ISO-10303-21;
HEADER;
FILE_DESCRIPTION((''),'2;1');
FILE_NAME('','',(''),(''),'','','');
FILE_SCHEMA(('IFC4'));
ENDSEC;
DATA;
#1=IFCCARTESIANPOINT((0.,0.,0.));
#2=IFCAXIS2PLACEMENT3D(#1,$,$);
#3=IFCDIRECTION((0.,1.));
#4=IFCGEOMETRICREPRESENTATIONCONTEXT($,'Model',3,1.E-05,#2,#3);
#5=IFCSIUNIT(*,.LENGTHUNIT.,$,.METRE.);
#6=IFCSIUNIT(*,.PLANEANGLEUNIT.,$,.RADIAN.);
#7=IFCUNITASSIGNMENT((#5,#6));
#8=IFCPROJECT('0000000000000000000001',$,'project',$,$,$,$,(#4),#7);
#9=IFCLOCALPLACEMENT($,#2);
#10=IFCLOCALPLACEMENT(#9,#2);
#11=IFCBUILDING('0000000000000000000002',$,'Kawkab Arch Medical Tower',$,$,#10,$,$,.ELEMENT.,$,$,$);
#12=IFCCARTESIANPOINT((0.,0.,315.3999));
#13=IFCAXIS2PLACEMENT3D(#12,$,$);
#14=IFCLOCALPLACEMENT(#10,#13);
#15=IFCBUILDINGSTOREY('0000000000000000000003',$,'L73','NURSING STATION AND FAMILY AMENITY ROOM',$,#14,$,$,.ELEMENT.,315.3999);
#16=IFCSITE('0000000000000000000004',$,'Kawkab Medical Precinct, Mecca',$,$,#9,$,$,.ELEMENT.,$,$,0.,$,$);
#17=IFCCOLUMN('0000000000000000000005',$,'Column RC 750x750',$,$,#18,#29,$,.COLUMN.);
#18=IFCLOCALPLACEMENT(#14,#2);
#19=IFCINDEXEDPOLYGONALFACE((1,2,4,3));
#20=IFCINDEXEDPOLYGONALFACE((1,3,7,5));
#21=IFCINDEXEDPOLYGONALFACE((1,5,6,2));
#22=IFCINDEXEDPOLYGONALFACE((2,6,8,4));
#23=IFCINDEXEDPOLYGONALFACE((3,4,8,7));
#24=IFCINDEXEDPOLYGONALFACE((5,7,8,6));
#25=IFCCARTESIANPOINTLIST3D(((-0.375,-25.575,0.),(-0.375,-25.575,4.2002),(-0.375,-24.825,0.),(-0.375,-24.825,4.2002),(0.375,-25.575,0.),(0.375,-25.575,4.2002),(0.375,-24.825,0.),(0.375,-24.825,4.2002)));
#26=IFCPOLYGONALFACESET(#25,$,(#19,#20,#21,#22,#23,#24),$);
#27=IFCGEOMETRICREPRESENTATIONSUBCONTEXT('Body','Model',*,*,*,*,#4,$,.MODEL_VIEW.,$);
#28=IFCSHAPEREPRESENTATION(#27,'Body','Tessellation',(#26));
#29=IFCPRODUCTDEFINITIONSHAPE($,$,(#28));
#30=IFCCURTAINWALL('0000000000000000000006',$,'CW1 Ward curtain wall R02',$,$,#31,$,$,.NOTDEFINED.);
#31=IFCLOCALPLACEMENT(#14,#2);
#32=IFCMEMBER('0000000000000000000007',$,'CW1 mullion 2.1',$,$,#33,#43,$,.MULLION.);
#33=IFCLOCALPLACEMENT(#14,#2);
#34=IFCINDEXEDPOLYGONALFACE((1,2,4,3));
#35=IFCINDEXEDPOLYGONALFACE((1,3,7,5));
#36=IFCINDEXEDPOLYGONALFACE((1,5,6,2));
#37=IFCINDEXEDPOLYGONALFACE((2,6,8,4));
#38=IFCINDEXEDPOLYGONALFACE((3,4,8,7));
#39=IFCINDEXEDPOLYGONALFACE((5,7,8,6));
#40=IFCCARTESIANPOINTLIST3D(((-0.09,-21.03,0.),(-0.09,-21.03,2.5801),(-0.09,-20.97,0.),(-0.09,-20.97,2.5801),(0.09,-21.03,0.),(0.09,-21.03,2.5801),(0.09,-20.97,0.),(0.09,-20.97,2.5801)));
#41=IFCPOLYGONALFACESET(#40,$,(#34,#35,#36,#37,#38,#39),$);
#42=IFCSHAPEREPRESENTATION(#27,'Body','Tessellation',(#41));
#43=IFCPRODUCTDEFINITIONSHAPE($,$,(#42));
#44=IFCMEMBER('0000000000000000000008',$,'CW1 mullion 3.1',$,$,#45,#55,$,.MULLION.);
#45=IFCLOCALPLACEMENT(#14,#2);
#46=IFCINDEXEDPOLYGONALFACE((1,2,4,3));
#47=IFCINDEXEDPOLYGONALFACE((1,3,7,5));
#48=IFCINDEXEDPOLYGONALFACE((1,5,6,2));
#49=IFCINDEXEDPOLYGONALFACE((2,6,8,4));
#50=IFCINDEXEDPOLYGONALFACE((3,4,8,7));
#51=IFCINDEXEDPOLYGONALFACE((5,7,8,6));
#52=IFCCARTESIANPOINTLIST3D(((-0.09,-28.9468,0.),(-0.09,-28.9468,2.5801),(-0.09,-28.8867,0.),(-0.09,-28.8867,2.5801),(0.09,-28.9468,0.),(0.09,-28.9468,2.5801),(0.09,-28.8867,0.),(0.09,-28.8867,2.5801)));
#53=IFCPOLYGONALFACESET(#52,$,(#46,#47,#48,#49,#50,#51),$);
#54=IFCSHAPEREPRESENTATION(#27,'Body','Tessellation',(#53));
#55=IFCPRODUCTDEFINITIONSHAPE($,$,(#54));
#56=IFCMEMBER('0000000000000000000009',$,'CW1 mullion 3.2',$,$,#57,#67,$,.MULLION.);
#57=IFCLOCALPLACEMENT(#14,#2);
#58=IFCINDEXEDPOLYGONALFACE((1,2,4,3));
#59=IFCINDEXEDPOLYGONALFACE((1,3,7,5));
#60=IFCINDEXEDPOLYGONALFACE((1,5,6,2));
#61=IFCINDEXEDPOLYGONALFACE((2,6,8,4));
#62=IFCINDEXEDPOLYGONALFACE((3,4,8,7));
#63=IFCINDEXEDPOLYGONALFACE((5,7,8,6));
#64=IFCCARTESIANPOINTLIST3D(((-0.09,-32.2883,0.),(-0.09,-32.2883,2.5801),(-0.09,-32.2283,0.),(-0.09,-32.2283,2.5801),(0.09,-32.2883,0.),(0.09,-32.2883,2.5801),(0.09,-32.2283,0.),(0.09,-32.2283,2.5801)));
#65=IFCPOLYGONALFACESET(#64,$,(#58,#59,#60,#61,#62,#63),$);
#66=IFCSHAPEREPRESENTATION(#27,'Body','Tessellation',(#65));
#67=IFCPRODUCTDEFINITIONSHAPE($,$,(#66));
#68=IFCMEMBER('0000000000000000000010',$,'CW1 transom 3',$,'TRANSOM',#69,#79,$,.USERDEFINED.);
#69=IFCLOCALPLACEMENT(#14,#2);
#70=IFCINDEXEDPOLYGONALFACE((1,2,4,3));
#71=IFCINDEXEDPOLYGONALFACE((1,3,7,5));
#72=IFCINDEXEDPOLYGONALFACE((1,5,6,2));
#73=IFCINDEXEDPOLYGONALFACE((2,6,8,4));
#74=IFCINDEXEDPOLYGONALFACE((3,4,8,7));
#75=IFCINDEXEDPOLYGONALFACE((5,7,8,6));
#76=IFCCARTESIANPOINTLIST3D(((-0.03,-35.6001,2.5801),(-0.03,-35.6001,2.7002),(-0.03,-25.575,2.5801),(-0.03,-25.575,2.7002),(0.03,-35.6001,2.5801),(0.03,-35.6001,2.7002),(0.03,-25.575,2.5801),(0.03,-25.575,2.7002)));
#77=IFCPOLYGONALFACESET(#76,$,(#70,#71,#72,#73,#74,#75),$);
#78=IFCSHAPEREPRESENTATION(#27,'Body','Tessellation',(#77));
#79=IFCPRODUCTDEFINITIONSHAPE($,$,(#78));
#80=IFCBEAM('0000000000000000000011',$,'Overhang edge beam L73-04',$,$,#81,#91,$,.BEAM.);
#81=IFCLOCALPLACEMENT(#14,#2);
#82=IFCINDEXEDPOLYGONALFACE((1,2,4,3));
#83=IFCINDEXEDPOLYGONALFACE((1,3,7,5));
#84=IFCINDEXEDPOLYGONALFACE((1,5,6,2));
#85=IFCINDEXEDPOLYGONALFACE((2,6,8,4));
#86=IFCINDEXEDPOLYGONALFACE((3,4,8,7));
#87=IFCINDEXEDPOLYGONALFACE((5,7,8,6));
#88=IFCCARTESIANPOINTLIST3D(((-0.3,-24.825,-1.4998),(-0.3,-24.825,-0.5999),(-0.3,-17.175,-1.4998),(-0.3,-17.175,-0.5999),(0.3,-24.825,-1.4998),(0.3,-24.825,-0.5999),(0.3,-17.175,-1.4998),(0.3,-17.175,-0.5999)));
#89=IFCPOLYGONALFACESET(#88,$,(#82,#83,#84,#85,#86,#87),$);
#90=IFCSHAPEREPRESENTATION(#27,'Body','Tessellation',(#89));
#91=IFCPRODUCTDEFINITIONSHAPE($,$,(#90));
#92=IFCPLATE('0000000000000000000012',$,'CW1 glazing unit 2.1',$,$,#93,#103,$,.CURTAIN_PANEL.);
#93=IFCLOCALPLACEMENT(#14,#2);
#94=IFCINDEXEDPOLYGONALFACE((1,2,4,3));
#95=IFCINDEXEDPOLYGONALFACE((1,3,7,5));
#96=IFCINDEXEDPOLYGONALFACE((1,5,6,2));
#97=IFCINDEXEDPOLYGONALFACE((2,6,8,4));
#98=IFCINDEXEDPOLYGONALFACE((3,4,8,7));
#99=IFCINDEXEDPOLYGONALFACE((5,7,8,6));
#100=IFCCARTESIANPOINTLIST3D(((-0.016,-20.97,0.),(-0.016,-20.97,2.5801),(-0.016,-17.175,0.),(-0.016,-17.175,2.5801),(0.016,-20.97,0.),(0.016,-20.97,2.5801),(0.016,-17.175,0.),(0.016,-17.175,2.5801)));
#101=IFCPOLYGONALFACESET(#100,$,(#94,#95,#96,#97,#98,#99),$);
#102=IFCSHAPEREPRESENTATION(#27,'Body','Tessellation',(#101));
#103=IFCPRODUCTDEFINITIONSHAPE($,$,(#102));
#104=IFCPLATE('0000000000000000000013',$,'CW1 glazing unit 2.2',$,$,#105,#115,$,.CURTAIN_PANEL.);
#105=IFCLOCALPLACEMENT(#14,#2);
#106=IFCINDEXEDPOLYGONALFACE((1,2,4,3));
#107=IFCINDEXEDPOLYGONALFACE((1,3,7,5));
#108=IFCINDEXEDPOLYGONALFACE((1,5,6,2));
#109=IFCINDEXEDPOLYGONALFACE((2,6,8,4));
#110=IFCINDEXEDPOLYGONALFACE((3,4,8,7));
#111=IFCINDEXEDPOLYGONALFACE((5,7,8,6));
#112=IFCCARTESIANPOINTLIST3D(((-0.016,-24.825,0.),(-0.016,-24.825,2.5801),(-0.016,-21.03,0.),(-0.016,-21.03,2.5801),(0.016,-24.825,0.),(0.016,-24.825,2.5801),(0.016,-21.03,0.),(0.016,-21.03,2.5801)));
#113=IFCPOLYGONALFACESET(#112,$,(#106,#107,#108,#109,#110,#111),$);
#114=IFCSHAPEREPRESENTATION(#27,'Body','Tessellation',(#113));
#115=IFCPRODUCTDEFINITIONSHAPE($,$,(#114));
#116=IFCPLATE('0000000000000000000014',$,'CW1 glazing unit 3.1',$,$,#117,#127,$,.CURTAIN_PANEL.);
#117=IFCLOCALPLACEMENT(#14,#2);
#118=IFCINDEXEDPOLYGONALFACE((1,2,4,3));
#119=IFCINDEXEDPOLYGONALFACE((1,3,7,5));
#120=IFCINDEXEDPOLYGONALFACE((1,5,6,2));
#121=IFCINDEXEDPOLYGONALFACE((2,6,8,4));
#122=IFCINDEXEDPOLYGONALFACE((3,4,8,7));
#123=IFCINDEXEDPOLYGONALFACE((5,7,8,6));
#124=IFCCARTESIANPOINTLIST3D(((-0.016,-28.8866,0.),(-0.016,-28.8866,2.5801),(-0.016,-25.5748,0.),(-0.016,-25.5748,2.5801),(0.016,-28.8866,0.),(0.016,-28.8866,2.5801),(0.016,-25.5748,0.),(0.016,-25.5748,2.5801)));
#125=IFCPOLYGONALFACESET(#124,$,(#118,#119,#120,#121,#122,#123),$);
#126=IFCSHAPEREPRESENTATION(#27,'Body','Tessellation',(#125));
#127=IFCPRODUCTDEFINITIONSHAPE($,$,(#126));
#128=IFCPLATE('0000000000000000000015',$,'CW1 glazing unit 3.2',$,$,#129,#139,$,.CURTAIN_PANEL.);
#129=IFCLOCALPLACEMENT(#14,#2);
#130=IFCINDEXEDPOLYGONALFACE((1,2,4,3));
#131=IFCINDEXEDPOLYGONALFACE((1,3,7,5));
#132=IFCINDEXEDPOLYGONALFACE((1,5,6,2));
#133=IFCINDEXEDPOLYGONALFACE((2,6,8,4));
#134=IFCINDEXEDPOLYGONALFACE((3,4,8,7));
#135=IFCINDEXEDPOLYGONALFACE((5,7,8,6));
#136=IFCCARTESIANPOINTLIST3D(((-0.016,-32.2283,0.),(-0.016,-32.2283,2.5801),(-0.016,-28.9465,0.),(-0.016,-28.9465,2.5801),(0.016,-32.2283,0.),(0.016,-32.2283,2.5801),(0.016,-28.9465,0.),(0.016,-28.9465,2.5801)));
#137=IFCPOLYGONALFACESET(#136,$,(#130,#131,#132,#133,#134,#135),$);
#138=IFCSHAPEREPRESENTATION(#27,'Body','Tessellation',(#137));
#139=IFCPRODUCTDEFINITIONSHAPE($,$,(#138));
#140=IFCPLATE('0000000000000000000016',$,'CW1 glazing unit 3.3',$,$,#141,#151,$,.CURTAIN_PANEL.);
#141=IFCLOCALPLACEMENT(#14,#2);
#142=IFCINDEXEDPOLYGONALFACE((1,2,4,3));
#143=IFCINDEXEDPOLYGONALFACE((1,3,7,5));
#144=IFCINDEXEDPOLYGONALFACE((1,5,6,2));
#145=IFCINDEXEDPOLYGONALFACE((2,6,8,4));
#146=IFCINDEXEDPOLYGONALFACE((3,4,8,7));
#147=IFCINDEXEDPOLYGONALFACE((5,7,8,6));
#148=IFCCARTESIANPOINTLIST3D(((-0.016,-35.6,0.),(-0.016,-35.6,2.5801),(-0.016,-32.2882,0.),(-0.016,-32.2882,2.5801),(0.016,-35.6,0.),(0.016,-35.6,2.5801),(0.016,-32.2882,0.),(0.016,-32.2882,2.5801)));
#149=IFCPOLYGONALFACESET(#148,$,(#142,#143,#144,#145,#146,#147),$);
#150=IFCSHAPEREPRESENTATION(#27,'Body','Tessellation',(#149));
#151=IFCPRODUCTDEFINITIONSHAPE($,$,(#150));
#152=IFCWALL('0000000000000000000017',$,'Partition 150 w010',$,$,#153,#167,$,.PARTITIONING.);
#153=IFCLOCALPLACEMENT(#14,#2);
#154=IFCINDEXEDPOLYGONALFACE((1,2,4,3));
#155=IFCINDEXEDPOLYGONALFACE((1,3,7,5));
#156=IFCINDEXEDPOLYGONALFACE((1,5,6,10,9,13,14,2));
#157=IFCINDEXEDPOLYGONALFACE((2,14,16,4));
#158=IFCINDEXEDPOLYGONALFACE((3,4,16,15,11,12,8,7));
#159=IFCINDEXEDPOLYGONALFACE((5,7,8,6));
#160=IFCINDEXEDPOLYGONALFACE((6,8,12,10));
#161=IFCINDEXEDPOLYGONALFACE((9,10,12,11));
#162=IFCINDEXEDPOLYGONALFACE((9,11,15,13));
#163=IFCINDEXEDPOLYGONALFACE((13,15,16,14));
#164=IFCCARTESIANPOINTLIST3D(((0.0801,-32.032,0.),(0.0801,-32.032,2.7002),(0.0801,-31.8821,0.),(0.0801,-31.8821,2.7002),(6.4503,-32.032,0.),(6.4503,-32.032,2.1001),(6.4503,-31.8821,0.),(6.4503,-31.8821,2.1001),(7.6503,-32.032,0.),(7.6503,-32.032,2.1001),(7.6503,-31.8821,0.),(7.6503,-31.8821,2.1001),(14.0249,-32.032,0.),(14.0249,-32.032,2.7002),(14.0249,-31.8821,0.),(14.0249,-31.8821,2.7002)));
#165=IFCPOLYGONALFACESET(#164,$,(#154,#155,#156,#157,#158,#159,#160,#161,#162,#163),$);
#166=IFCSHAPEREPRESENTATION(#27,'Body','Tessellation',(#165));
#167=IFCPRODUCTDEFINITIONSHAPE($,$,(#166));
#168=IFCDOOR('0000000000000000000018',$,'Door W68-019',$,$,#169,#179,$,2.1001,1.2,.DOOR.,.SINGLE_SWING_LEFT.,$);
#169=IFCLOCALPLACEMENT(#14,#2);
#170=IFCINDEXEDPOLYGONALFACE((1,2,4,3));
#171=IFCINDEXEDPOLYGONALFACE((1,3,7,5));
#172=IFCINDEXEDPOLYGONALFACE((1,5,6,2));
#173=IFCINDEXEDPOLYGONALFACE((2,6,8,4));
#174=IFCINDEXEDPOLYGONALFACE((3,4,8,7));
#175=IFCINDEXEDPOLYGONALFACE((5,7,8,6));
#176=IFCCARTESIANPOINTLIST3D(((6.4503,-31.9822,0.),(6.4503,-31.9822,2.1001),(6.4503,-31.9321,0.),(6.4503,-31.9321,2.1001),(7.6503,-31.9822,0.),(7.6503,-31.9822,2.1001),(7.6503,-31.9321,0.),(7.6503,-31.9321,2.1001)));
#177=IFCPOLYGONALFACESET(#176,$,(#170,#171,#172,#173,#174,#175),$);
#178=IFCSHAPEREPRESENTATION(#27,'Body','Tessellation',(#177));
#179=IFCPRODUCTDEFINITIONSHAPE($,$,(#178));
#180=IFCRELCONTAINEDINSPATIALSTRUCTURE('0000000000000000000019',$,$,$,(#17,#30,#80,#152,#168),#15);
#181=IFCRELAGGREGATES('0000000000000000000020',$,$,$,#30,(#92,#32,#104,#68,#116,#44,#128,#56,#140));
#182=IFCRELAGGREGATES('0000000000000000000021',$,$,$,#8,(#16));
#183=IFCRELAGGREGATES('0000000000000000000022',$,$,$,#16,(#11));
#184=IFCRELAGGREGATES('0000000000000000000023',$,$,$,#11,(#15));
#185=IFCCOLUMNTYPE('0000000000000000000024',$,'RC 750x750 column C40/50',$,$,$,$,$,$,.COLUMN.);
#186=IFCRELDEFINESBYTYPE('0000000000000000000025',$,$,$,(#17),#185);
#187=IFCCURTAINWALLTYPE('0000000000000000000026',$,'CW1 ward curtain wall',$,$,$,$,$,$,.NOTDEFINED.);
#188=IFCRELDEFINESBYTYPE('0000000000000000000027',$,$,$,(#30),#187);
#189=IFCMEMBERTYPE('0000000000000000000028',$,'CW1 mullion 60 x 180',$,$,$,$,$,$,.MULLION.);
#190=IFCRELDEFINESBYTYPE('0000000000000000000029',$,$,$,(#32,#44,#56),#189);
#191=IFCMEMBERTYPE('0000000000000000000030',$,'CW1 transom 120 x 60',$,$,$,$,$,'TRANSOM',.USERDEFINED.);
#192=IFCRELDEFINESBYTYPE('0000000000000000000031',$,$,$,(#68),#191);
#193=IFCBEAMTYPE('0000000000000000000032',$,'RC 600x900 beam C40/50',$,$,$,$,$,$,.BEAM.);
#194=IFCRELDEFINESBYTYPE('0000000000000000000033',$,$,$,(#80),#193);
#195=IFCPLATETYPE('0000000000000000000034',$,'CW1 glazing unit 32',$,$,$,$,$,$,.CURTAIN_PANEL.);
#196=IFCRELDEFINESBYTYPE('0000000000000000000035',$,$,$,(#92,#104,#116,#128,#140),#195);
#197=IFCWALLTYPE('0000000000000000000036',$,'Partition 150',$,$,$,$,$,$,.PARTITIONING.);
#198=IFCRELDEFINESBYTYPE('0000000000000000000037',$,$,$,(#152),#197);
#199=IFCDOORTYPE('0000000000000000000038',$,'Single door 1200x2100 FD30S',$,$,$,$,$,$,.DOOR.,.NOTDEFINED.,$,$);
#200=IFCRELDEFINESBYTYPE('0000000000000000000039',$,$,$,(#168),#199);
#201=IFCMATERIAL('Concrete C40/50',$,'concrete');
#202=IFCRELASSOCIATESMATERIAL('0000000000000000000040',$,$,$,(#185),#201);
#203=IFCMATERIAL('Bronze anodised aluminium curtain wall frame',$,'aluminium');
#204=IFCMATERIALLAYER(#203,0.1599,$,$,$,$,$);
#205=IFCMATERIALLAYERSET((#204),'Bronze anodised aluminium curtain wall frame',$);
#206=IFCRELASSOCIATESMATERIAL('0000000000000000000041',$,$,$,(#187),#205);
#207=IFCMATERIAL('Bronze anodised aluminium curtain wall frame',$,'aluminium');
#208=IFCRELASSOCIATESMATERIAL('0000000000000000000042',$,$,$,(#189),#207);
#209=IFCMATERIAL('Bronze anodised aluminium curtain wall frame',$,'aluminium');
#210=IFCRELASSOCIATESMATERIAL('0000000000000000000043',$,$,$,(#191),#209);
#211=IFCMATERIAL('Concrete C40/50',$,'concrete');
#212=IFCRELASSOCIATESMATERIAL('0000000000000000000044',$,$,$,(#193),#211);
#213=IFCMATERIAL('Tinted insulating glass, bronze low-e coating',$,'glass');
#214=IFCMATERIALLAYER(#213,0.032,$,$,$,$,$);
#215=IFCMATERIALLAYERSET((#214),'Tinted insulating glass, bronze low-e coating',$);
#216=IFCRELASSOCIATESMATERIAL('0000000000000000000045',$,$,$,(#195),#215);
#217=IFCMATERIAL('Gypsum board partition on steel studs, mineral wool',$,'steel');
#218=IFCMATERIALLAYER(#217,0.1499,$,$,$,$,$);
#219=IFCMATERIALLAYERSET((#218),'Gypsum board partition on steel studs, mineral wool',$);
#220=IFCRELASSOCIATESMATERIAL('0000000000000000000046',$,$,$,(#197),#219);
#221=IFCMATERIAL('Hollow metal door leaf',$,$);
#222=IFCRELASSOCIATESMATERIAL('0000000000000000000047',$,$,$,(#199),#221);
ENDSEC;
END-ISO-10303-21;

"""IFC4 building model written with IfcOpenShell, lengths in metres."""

from ifc_helpers import new_model, si_unit, direction, frame, frame_2d, origin, origin_2d, place, context, subcontext, project, spatial, rectangle, extrude, material, layer, layer_set, material_profile, profile_set, type_object, element, fill, aggregate, save


model = new_model("IFC4")

# Units and contexts
model_context = context("Model", 3, precision=1e-05, world=origin(), true_north=direction((0.0, 1.0)))
body_context = subcontext(model_context, "Body", "Model", "MODEL_VIEW")
ifc_project = project(units=[si_unit("LENGTHUNIT", "METRE"), si_unit("PLANEANGLEUNIT", "RADIAN")], contexts=[model_context])

# Site, building, storey
site_placement = place(None, origin())
site = spatial("IfcSite", under=ifc_project, at=site_placement, Name="Kawkab Medical Precinct, Mecca", CompositionType="ELEMENT", RefElevation=0.0)
building_placement = place(site_placement, origin())
building = spatial("IfcBuilding", under=site, at=building_placement, Name="Kawkab Arch Medical Tower", CompositionType="ELEMENT")
storey_placement = place(building_placement, frame((0.0, 0.0, 315.3999)))
storey = spatial("IfcBuildingStorey", under=building, at=storey_placement, Name="L73", Description="NURSING STATION AND FAMILY AMENITY ROOM", CompositionType="ELEMENT", Elevation=315.3999)

# Column
ifc_material_1 = material(Name="Concrete C40/50", Category="concrete")
ifc_material_profile_1 = material_profile(ifc_material_1, rectangle(XDim=0.75, YDim=0.75, at=origin_2d()), Name="RC 750x750")
ifc_profile_set_1 = profile_set([ifc_material_profile_1], Name="Concrete C40/50")
column_type = type_object("IfcColumnType", Name="RC 750x750 column C40/50", PredefinedType="COLUMN", material=ifc_profile_set_1)
column_placement = place(storey_placement, frame((0.0, -25.2, 0.0), z_axis=(0.0, 0.0, 1.0), x_axis=(1.0, 0.0, 0.0)))
element("IfcColumn", 1, at=column_placement, inside=storey, type_object=column_type, Name="Column RC 750x750", PredefinedType="COLUMN", context=body_context, shape_type="SweptSolid", body=[
    extrude(rectangle(XDim=0.75, YDim=0.75, at=origin_2d()), origin(), (0.0, 0.0, 1.0), 4.2002),
])

# Curtain wall, members
ifc_material_2 = material(Name="Bronze anodised aluminium curtain wall frame", Category="aluminium")
ifc_layer_1 = layer(ifc_material_2, 0.1599)
ifc_layer_set_1 = layer_set([ifc_layer_1], Name="Bronze anodised aluminium curtain wall frame")
curtain_wall_type = type_object("IfcCurtainWallType", Name="CW1 ward curtain wall", PredefinedType="NOTDEFINED", material=ifc_layer_set_1)
curtain_wall_placement = place(storey_placement, origin())
curtain_wall = element("IfcCurtainWall", 2, at=curtain_wall_placement, inside=storey, type_object=curtain_wall_type, Name="CW1 Ward curtain wall R02", PredefinedType="NOTDEFINED")
ifc_material_3 = material(Name="Bronze anodised aluminium curtain wall frame", Category="aluminium")
ifc_material_profile_2 = material_profile(ifc_material_3, rectangle(XDim=0.1799, YDim=0.0601, at=origin_2d()), Name="AL 60x180")
ifc_profile_set_2 = profile_set([ifc_material_profile_2], Name="Bronze anodised aluminium curtain wall frame")
member_type_1 = type_object("IfcMemberType", Name="CW1 mullion 60 x 180", PredefinedType="MULLION", material=ifc_profile_set_2)
member_1_placement = place(storey_placement, frame((0.0, -21.0, 0.0), z_axis=(0.0, 0.0, 1.0), x_axis=(1.0, 0.0, 0.0)))
member_1 = element("IfcMember", 3, at=member_1_placement, type_object=member_type_1, Name="CW1 mullion 2.1", PredefinedType="MULLION", context=body_context, shape_type="SweptSolid", body=[
    extrude(rectangle(XDim=0.1799, YDim=0.0601, at=origin_2d()), origin(), (0.0, 0.0, 1.0), 2.5801),
])
member_2_placement = place(storey_placement, frame((0.0, -28.9167, 0.0), z_axis=(0.0, 0.0, 1.0), x_axis=(1.0, 0.0, 0.0)))
member_2 = element("IfcMember", 4, at=member_2_placement, type_object=member_type_1, Name="CW1 mullion 3.1", PredefinedType="MULLION", context=body_context, shape_type="SweptSolid", body=[
    extrude(rectangle(XDim=0.1799, YDim=0.0601, at=origin_2d()), origin(), (0.0, 0.0, 1.0), 2.5801),
])
member_3_placement = place(storey_placement, frame((0.0, -32.2583, 0.0), z_axis=(0.0, 0.0, 1.0), x_axis=(1.0, 0.0, 0.0)))
member_3 = element("IfcMember", 5, at=member_3_placement, type_object=member_type_1, Name="CW1 mullion 3.2", PredefinedType="MULLION", context=body_context, shape_type="SweptSolid", body=[
    extrude(rectangle(XDim=0.1799, YDim=0.0601, at=origin_2d()), origin(), (0.0, 0.0, 1.0), 2.5801),
])
ifc_material_4 = material(Name="Bronze anodised aluminium curtain wall frame", Category="aluminium")
ifc_material_profile_3 = material_profile(ifc_material_4, rectangle(XDim=0.0601, YDim=0.1201, at=origin_2d()), Name="AL 60x120")
ifc_profile_set_3 = profile_set([ifc_material_profile_3], Name="Bronze anodised aluminium curtain wall frame")
member_type_2 = type_object("IfcMemberType", Name="CW1 transom 120 x 60", ElementType="TRANSOM", PredefinedType="USERDEFINED", material=ifc_profile_set_3)
member_4_placement = place(storey_placement, frame((0.0, -25.575, 2.6401), z_axis=(0.0, -1.0, 0.0), x_axis=(1.0, 0.0, 0.0)))
member_4 = element("IfcMember", 6, at=member_4_placement, type_object=member_type_2, Name="CW1 transom 3", ObjectType="TRANSOM", PredefinedType="USERDEFINED", context=body_context, shape_type="SweptSolid", body=[
    extrude(rectangle(XDim=0.0601, YDim=0.1201, at=origin_2d()), origin(), (0.0, 0.0, 1.0), 10.0251),
])

# Beam
ifc_material_5 = material(Name="Concrete C40/50", Category="concrete")
ifc_material_profile_4 = material_profile(ifc_material_5, rectangle(XDim=0.6001, YDim=0.8999, at=origin_2d()), Name="RC 600x900")
ifc_profile_set_4 = profile_set([ifc_material_profile_4], Name="Concrete C40/50")
beam_type = type_object("IfcBeamType", Name="RC 600x900 beam C40/50", PredefinedType="BEAM", material=ifc_profile_set_4)
beam_placement = place(storey_placement, frame((0.0, -24.825, -1.0498), z_axis=(0.0, 1.0, 0.0), x_axis=(-1.0, 0.0, 0.0)))
element("IfcBeam", 7, at=beam_placement, inside=storey, type_object=beam_type, Name="Overhang edge beam L73-04", PredefinedType="BEAM", context=body_context, shape_type="SweptSolid", body=[
    extrude(rectangle(XDim=0.6001, YDim=0.8999, at=origin_2d()), origin(), (0.0, 0.0, 1.0), 7.6499),
])

# Plates
ifc_material_6 = material(Name="Tinted insulating glass, bronze low-e coating", Category="glass")
ifc_layer_2 = layer(ifc_material_6, 0.032)
ifc_layer_set_2 = layer_set([ifc_layer_2], Name="Tinted insulating glass, bronze low-e coating")
plate_type = type_object("IfcPlateType", Name="CW1 glazing unit 32", PredefinedType="CURTAIN_PANEL", material=ifc_layer_set_2)
plate_1_placement = place(storey_placement, frame((0.0, -19.0725, 0.0), z_axis=(0.0, 0.0, 1.0), x_axis=(0.0, -1.0, 0.0)))
plate_1 = element("IfcPlate", 8, at=plate_1_placement, type_object=plate_type, Name="CW1 glazing unit 2.1", PredefinedType="CURTAIN_PANEL", context=body_context, shape_type="SweptSolid", body=[
    extrude(rectangle(XDim=3.7949, YDim=0.032, at=origin_2d()), origin(), (0.0, 0.0, 1.0), 2.5801),
])
plate_2_placement = place(storey_placement, frame((0.0, -22.9275, 0.0), z_axis=(0.0, 0.0, 1.0), x_axis=(0.0, -1.0, 0.0)))
plate_2 = element("IfcPlate", 9, at=plate_2_placement, type_object=plate_type, Name="CW1 glazing unit 2.2", PredefinedType="CURTAIN_PANEL", context=body_context, shape_type="SweptSolid", body=[
    extrude(rectangle(XDim=3.7949, YDim=0.032, at=origin_2d()), origin(), (0.0, 0.0, 1.0), 2.5801),
])
plate_3_placement = place(storey_placement, frame((0.0, -27.2307, 0.0), z_axis=(0.0, 0.0, 1.0), x_axis=(0.0, -1.0, 0.0)))
plate_3 = element("IfcPlate", 10, at=plate_3_placement, type_object=plate_type, Name="CW1 glazing unit 3.1", PredefinedType="CURTAIN_PANEL", context=body_context, shape_type="SweptSolid", body=[
    extrude(rectangle(XDim=3.3118, YDim=0.032, at=origin_2d()), origin(), (0.0, 0.0, 1.0), 2.5801),
])
plate_4_placement = place(storey_placement, frame((0.0, -30.5874, 0.0), z_axis=(0.0, 0.0, 1.0), x_axis=(0.0, -1.0, 0.0)))
plate_4 = element("IfcPlate", 11, at=plate_4_placement, type_object=plate_type, Name="CW1 glazing unit 3.2", PredefinedType="CURTAIN_PANEL", context=body_context, shape_type="SweptSolid", body=[
    extrude(rectangle(XDim=3.2817, YDim=0.032, at=origin_2d()), origin(), (0.0, 0.0, 1.0), 2.5801),
])
plate_5_placement = place(storey_placement, frame((0.0, -33.9441, 0.0), z_axis=(0.0, 0.0, 1.0), x_axis=(0.0, -1.0, 0.0)))
plate_5 = element("IfcPlate", 12, at=plate_5_placement, type_object=plate_type, Name="CW1 glazing unit 3.3", PredefinedType="CURTAIN_PANEL", context=body_context, shape_type="SweptSolid", body=[
    extrude(rectangle(XDim=3.3118, YDim=0.032, at=origin_2d()), origin(), (0.0, 0.0, 1.0), 2.5801),
])
aggregate(curtain_wall, [plate_1, member_1, plate_2, member_4, plate_3, member_2, plate_4, member_3, plate_5])

# Wall, opening, door
ifc_material_7 = material(Name="Gypsum board partition on steel studs, mineral wool", Category="steel")
ifc_layer_3 = layer(ifc_material_7, 0.1499)
ifc_layer_set_3 = layer_set([ifc_layer_3], Name="Gypsum board partition on steel studs, mineral wool")
wall_type_1 = type_object("IfcWallType", Name="Partition 150", PredefinedType="PARTITIONING", material=ifc_layer_set_3)
wall_1_placement = place(storey_placement, frame((0.0801, -31.957, 0.0), z_axis=(0.0, 0.0, 1.0), x_axis=(1.0, 0.0, 0.0)))
wall_1 = element("IfcWall", 13, at=wall_1_placement, inside=storey, type_object=wall_type_1, Name="Partition 150 w010", PredefinedType="PARTITIONING", context=body_context, shape_type="SweptSolid", body=[
    extrude(rectangle(XDim=13.9448, YDim=0.1499, at=frame_2d((6.9724, 0.0))), origin(), (0.0, 0.0, 1.0), 2.7002),
])
opening_1_placement = place(wall_1_placement, frame((6.3701, 0.0, 0.0)))
opening_1 = element("IfcOpeningElement", 14, at=opening_1_placement, cuts=wall_1, PredefinedType="OPENING", context=body_context, shape_type="SweptSolid", body=[
    extrude(rectangle(XDim=1.2, YDim=2.1001, at=frame_2d((0.6001, 1.05))), frame((0.0, 0.085, 0.0), z_axis=(0.0, -1.0, 0.0), x_axis=(1.0, 0.0, 0.0)), (0.0, 0.0, 1.0), 0.1699),
])
ifc_material_8 = material(Name="Hollow metal door leaf")
door_type_1 = type_object("IfcDoorType", Name="Single door 1200x2100 FD30S", OperationType="NOTDEFINED", PredefinedType="DOOR", material=ifc_material_8)
door_1_placement = place(opening_1_placement, origin())
door_1 = element("IfcDoor", 15, at=door_1_placement, inside=storey, type_object=door_type_1, Name="Door W68-019", OperationType="SINGLE_SWING_LEFT", OverallHeight=2.1001, OverallWidth=1.2, PredefinedType="DOOR", context=body_context, shape_type="SweptSolid", body=[
    extrude(rectangle(XDim=1.2, YDim=2.1001, at=frame_2d((0.6001, 1.05))), frame((0.0, 0.0249, 0.0), z_axis=(0.0, -1.0, 0.0), x_axis=(1.0, 0.0, 0.0)), (0.0, 0.0, 1.0), 0.05),
])
fill(opening_1, door_1)

save(model, "model.ifc")
